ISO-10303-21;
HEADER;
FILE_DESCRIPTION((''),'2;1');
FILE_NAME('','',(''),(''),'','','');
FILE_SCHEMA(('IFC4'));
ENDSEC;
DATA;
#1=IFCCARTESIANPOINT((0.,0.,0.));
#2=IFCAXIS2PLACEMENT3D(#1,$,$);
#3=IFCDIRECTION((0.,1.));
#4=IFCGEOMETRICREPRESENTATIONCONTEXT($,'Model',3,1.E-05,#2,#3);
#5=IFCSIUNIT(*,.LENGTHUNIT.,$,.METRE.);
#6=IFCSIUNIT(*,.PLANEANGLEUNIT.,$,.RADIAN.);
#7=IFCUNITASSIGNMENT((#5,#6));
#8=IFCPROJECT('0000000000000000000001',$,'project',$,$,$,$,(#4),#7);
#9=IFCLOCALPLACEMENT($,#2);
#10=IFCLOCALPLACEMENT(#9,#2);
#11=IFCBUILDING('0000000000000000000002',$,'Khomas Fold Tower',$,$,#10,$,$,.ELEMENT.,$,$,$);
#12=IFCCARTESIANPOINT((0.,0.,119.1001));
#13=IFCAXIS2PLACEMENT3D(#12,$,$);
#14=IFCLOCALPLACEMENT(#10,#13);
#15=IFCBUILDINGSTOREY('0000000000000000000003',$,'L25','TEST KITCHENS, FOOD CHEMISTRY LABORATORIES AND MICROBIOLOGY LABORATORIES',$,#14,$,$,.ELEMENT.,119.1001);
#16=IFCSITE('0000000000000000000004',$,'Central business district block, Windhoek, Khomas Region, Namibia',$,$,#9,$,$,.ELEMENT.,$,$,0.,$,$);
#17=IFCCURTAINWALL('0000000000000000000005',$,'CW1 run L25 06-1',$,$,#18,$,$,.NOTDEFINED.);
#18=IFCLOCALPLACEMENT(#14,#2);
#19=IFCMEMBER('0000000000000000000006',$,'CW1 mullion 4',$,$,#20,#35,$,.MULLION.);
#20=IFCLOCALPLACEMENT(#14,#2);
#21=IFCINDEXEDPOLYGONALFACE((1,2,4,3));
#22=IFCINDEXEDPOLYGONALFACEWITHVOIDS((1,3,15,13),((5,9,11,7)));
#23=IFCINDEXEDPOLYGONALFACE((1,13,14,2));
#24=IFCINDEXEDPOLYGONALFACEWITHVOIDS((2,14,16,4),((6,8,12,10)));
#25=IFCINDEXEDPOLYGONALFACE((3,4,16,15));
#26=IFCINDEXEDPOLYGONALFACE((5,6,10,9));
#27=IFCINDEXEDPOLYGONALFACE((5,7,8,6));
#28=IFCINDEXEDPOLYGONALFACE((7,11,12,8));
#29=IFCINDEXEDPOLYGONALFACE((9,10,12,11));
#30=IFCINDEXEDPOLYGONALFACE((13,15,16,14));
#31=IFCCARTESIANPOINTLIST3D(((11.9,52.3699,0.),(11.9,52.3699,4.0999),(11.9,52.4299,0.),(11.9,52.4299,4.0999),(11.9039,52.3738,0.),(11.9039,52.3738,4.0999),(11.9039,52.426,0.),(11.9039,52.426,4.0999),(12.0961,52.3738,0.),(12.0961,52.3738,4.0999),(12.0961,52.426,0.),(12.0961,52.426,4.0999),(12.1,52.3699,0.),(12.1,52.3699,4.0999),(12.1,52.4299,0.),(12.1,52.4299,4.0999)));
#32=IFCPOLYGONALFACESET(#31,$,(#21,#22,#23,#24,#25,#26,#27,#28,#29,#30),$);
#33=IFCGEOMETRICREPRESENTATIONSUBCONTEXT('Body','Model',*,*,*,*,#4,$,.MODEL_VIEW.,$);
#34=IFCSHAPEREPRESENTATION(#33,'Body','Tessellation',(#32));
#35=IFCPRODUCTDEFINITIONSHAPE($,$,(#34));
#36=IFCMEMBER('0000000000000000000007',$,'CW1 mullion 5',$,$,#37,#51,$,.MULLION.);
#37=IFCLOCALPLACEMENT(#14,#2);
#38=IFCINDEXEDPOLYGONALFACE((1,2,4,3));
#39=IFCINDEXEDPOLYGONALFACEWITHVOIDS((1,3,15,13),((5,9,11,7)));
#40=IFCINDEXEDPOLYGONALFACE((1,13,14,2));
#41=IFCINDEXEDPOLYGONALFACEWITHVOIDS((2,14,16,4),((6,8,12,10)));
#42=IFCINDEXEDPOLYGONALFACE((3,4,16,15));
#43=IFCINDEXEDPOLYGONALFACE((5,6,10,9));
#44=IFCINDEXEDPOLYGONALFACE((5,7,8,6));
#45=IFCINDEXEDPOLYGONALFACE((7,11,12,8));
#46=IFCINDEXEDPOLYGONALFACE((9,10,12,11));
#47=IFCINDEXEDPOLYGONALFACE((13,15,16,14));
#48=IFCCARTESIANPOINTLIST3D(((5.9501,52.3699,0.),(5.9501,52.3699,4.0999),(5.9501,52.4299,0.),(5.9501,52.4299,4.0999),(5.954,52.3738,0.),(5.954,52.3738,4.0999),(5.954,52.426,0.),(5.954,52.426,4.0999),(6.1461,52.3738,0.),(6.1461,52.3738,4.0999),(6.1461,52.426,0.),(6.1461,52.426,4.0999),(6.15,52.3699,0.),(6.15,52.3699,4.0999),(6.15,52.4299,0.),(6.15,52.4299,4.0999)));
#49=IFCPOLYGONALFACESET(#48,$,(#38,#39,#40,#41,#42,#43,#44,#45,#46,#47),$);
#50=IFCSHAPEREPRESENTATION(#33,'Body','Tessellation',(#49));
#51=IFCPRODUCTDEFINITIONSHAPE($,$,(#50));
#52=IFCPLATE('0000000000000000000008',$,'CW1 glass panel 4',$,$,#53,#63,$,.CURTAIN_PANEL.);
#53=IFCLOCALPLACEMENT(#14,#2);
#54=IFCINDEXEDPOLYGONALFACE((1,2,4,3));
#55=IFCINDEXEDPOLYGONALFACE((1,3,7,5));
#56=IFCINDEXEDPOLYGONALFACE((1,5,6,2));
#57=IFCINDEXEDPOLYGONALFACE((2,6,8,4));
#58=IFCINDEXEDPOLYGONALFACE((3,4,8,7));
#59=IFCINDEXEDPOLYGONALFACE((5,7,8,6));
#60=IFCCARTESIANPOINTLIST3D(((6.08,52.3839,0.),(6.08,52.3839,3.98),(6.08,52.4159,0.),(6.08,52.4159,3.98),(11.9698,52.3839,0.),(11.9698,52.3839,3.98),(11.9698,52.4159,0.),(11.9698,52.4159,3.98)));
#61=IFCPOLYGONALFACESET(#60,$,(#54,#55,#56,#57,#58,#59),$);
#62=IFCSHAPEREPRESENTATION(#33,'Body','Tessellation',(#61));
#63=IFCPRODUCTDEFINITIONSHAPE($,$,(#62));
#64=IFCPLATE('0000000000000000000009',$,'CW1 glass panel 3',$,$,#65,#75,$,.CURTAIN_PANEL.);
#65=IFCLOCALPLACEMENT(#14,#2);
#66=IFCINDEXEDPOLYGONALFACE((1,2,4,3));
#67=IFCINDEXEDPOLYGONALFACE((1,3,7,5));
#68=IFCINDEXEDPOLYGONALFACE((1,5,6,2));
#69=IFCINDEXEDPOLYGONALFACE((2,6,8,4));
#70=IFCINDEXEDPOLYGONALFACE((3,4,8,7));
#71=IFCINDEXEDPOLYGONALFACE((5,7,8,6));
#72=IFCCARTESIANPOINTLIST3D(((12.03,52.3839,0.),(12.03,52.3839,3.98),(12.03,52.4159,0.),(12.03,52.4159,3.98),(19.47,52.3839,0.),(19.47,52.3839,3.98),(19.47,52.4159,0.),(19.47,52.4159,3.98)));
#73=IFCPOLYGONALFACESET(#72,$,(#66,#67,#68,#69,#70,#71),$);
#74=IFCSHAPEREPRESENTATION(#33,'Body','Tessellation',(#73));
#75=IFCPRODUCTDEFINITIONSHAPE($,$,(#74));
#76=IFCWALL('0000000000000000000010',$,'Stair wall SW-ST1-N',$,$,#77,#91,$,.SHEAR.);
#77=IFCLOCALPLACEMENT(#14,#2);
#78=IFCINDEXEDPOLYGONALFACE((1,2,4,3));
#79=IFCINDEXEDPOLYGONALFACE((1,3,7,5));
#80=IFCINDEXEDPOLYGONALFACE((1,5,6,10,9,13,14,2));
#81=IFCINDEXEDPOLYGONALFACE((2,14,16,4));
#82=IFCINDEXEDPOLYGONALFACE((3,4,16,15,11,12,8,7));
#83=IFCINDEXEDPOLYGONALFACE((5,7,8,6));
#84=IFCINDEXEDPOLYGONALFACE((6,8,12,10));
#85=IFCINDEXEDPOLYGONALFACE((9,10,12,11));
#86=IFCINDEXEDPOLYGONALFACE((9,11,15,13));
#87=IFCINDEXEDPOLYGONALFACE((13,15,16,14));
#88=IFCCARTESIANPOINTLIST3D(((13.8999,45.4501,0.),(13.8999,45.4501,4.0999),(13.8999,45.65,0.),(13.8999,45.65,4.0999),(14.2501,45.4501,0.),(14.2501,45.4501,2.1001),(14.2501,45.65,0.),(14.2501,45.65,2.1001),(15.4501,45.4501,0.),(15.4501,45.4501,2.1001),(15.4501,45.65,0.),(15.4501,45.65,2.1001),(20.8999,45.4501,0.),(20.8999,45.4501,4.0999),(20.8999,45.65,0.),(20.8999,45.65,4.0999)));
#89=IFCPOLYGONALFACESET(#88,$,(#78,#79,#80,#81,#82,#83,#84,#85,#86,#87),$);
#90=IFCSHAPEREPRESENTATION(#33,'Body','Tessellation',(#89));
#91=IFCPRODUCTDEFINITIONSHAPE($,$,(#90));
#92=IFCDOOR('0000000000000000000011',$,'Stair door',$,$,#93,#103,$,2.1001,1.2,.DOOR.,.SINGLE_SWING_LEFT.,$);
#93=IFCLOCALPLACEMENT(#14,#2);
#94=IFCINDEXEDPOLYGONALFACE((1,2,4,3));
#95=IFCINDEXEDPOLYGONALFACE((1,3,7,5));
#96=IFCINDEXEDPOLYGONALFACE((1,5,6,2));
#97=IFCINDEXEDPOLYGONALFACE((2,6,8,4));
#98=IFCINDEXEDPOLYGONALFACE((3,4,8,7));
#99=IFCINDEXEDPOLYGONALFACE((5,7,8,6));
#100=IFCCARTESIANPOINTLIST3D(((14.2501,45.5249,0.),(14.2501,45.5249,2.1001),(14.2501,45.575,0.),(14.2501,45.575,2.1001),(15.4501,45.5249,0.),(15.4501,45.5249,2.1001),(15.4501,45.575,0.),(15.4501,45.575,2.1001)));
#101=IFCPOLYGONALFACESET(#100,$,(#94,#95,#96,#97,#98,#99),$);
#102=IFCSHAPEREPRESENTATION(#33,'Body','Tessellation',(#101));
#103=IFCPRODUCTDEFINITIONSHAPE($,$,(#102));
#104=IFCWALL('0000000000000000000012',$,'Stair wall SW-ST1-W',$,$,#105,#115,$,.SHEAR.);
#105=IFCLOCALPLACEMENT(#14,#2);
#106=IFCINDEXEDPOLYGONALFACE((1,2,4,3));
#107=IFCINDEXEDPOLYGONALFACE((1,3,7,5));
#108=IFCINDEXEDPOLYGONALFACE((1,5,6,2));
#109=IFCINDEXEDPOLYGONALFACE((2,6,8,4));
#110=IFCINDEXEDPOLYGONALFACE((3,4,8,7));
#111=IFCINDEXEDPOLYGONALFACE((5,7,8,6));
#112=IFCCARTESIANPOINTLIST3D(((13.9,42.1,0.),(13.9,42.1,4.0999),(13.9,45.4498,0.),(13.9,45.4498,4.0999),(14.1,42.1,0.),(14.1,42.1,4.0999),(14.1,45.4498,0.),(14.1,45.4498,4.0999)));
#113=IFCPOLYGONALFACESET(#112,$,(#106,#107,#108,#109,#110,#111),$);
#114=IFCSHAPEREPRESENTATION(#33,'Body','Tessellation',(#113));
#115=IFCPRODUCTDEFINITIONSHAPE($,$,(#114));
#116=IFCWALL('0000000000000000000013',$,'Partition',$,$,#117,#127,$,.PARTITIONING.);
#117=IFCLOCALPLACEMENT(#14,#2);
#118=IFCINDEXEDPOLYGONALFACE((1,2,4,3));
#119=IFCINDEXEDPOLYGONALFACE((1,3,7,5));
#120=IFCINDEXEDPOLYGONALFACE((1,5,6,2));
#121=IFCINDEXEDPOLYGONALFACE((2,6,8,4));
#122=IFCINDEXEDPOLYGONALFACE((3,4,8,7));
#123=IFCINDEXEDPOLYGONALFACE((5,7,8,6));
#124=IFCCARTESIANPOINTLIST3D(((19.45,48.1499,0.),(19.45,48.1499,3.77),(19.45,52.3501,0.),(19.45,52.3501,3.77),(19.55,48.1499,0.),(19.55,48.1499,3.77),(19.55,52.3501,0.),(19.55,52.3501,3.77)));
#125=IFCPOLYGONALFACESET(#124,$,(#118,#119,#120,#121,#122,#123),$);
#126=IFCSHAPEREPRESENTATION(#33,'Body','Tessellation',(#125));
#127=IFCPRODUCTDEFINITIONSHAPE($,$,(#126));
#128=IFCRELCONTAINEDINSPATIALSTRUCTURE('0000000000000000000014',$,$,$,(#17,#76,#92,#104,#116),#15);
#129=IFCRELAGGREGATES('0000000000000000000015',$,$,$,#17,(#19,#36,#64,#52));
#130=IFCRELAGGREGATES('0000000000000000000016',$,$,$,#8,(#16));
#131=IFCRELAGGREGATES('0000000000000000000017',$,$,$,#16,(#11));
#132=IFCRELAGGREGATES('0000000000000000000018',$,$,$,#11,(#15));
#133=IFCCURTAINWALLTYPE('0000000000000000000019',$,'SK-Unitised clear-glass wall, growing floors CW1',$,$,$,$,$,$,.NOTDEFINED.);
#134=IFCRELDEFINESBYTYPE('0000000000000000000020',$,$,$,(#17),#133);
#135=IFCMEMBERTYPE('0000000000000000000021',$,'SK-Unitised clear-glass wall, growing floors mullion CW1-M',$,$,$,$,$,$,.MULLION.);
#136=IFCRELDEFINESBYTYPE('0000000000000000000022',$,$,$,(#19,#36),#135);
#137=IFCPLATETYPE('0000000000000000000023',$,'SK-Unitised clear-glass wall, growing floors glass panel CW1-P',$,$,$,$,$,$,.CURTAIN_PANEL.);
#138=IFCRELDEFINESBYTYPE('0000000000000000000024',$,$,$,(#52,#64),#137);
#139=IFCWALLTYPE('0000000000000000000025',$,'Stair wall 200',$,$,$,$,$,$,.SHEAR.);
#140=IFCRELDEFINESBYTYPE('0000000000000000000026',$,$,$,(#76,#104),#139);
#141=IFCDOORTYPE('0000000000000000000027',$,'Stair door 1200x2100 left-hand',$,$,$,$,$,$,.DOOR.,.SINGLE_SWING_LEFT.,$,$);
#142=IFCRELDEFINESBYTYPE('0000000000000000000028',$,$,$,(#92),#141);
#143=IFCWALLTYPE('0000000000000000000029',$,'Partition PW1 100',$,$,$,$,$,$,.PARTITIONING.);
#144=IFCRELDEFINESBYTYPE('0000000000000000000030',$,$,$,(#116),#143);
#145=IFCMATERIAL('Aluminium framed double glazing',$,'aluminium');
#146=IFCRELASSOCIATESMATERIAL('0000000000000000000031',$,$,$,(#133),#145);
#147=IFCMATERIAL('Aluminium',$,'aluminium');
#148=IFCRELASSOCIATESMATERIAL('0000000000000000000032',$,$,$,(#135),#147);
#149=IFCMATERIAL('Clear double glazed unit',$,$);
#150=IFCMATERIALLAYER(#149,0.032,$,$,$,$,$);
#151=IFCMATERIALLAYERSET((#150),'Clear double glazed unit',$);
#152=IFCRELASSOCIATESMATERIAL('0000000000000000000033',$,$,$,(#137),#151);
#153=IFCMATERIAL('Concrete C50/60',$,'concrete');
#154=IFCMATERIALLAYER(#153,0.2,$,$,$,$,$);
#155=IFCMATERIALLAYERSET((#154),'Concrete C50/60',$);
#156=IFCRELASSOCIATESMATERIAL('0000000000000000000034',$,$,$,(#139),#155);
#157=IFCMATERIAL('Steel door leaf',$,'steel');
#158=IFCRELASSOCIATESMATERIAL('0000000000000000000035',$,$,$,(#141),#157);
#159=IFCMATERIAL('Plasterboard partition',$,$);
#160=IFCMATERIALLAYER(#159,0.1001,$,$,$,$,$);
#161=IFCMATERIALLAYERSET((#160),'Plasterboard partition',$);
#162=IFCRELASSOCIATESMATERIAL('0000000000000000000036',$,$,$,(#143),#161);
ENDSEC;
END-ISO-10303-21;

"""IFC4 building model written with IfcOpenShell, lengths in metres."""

from ifc_helpers import new_model, si_unit, direction, frame, frame_2d, origin, origin_2d, place, context, subcontext, project, spatial, rectangle, hollow_rectangle, extrude, source, transform, mapped, material, layer, layer_set, material_profile, profile_set, type_object, element, fill, aggregate, save


model = new_model("IFC4")

# Units and contexts
model_context = context("Model", 3, precision=1e-05, world=origin(), true_north=direction((0.0, 1.0)))
body_context = subcontext(model_context, "Body", "Model", "MODEL_VIEW")
ifc_project = project(units=[si_unit("LENGTHUNIT", "METRE"), si_unit("PLANEANGLEUNIT", "RADIAN")], contexts=[model_context])

# Site, building, storey
site_placement = place(None, origin())
site = spatial("IfcSite", under=ifc_project, at=site_placement, Name="Central business district block, Windhoek, Khomas Region, Namibia", CompositionType="ELEMENT", RefElevation=0.0)
building_placement = place(site_placement, origin())
building = spatial("IfcBuilding", under=site, at=building_placement, Name="Khomas Fold Tower", CompositionType="ELEMENT")
storey_placement = place(building_placement, frame((0.0, 0.0, 119.1001)))
storey = spatial("IfcBuildingStorey", under=building, at=storey_placement, Name="L25", Description="TEST KITCHENS, FOOD CHEMISTRY LABORATORIES AND MICROBIOLOGY LABORATORIES", CompositionType="ELEMENT", Elevation=119.1001)

# Curtain wall, members, plates
ifc_material_1 = material(Name="Aluminium framed double glazing", Category="aluminium")
curtain_wall_type = type_object("IfcCurtainWallType", Name="SK-Unitised clear-glass wall, growing floors CW1", PredefinedType="NOTDEFINED", material=ifc_material_1)
curtain_wall_placement = place(storey_placement, origin())
curtain_wall = element("IfcCurtainWall", 1, at=curtain_wall_placement, inside=storey, type_object=curtain_wall_type, Name="CW1 run L25 06-1", PredefinedType="NOTDEFINED")
ifc_material_2 = material(Name="Aluminium", Category="aluminium")
ifc_material_profile_1 = material_profile(ifc_material_2, hollow_rectangle(XDim=0.0601, YDim=0.2, WallThickness=0.0039, at=origin_2d()), Name="SK-Unitised clear-glass wall, growing floors mullion CW1-M")
ifc_profile_set_1 = profile_set([ifc_material_profile_1], Name="Aluminium")
member_type_1 = type_object("IfcMemberType", Name="SK-Unitised clear-glass wall, growing floors mullion CW1-M", PredefinedType="MULLION", material=ifc_profile_set_1)
shared_shape_1 = source(origin(), body_context, "Body", "SweptSolid", [
    extrude(hollow_rectangle(XDim=0.0601, YDim=0.2, WallThickness=0.0039, at=origin_2d()), origin(), (0.0, 0.0, 1.0), 4.0999),
])
member_1_placement = place(storey_placement, frame((12.0, 52.3999, 0.0), z_axis=(0.0, 0.0, 1.0), x_axis=(0.0, -1.0, 0.0)))
member_1 = element("IfcMember", 2, at=member_1_placement, type_object=member_type_1, Name="CW1 mullion 4", PredefinedType="MULLION", context=body_context, shape_type="MappedRepresentation", body=[
    mapped(shared_shape_1, transform((0.0, 0.0, 0.0))),
])
member_2_placement = place(storey_placement, frame((6.05, 52.3999, 0.0), z_axis=(0.0, 0.0, 1.0), x_axis=(0.0, -1.0, 0.0)))
member_2 = element("IfcMember", 3, at=member_2_placement, type_object=member_type_1, Name="CW1 mullion 5", PredefinedType="MULLION", context=body_context, shape_type="MappedRepresentation", body=[
    mapped(shared_shape_1, transform((0.0, 0.0, 0.0))),
])
ifc_material_3 = material(Name="Clear double glazed unit")
ifc_layer_1 = layer(ifc_material_3, 0.032)
ifc_layer_set_1 = layer_set([ifc_layer_1], Name="Clear double glazed unit")
plate_type = type_object("IfcPlateType", Name="SK-Unitised clear-glass wall, growing floors glass panel CW1-P", PredefinedType="CURTAIN_PANEL", material=ifc_layer_set_1)
shared_shape_2 = source(origin(), body_context, "Body", "SweptSolid", [
    extrude(rectangle(XDim=5.8899, YDim=0.032, at=origin_2d()), origin(), (0.0, 0.0, 1.0), 3.98),
])
plate_1_placement = place(storey_placement, frame((9.0249, 52.3999, 0.0), z_axis=(0.0, 0.0, 1.0), x_axis=(-1.0, 0.0, 0.0)))
plate_1 = element("IfcPlate", 4, at=plate_1_placement, type_object=plate_type, Name="CW1 glass panel 4", PredefinedType="CURTAIN_PANEL", context=body_context, shape_type="MappedRepresentation", body=[
    mapped(shared_shape_2, transform((0.0, 0.0, 0.0))),
])
shared_shape_3 = source(origin(), body_context, "Body", "SweptSolid", [
    extrude(rectangle(XDim=7.4399, YDim=0.032, at=origin_2d()), origin(), (0.0, 0.0, 1.0), 3.98),
])
plate_2_placement = place(storey_placement, frame((15.75, 52.3999, 0.0), z_axis=(0.0, 0.0, 1.0), x_axis=(-1.0, 0.0, 0.0)))
plate_2 = element("IfcPlate", 5, at=plate_2_placement, type_object=plate_type, Name="CW1 glass panel 3", PredefinedType="CURTAIN_PANEL", context=body_context, shape_type="MappedRepresentation", body=[
    mapped(shared_shape_3, transform((0.0, 0.0, 0.0))),
])
aggregate(curtain_wall, [member_1, member_2, plate_2, plate_1])

# Wall, opening, door
ifc_material_4 = material(Name="Concrete C50/60", Category="concrete")
ifc_layer_2 = layer(ifc_material_4, 0.2)
ifc_layer_set_2 = layer_set([ifc_layer_2], Name="Concrete C50/60")
wall_type_1 = type_object("IfcWallType", Name="Stair wall 200", PredefinedType="SHEAR", material=ifc_layer_set_2)
shared_shape_4 = source(origin(), body_context, "Body", "SweptSolid", [
    extrude(rectangle(XDim=7.0, YDim=0.2, at=frame_2d((3.5, 0.0))), origin(), (0.0, 0.0, 1.0), 4.0999),
])
wall_1_placement = place(storey_placement, frame((13.8999, 45.55, 0.0), z_axis=(0.0, 0.0, 1.0), x_axis=(1.0, 0.0, 0.0)))
wall_1 = element("IfcWall", 6, at=wall_1_placement, inside=storey, type_object=wall_type_1, Name="Stair wall SW-ST1-N", PredefinedType="SHEAR", context=body_context, shape_type="MappedRepresentation", body=[
    mapped(shared_shape_4, transform((0.0, 0.0, 0.0))),
])
shared_shape_5 = source(origin(), body_context, "Body", "SweptSolid", [
    extrude(rectangle(XDim=1.2, YDim=2.1001, at=frame_2d((0.6001, 1.05))), frame((0.0, 0.1099, 0.0), z_axis=(0.0, -1.0, 0.0), x_axis=(1.0, 0.0, 0.0)), (0.0, 0.0, 1.0), 0.22),
])
opening_placement = place(wall_1_placement, frame((0.3501, 0.0, 0.0)))
opening = element("IfcOpeningElement", 7, at=opening_placement, cuts=wall_1, PredefinedType="OPENING", context=body_context, shape_type="MappedRepresentation", body=[
    mapped(shared_shape_5, transform((0.0, 0.0, 0.0))),
])
ifc_material_5 = material(Name="Steel door leaf", Category="steel")
door_type = type_object("IfcDoorType", Name="Stair door 1200x2100 left-hand", OperationType="SINGLE_SWING_LEFT", PredefinedType="DOOR", material=ifc_material_5)
shared_shape_6 = source(origin(), body_context, "Body", "SweptSolid", [
    extrude(rectangle(XDim=1.2, YDim=2.1001, at=frame_2d((0.6001, 1.05))), frame((0.0, 0.0249, 0.0), z_axis=(0.0, -1.0, 0.0), x_axis=(1.0, 0.0, 0.0)), (0.0, 0.0, 1.0), 0.05),
])
door_placement = place(opening_placement, origin())
door = element("IfcDoor", 8, at=door_placement, inside=storey, type_object=door_type, Name="Stair door", OperationType="SINGLE_SWING_LEFT", OverallHeight=2.1001, OverallWidth=1.2, PredefinedType="DOOR", context=body_context, shape_type="MappedRepresentation", body=[
    mapped(shared_shape_6, transform((0.0, 0.0, 0.0))),
])
fill(opening, door)

# Walls
shared_shape_7 = source(origin(), body_context, "Body", "SweptSolid", [
    extrude(rectangle(XDim=3.3499, YDim=0.2, at=frame_2d((1.6748, 0.0))), origin(), (0.0, 0.0, 1.0), 4.0999),
])
wall_2_placement = place(storey_placement, frame((14.0, 42.1001, 0.0), z_axis=(0.0, 0.0, 1.0), x_axis=(0.0, 1.0, 0.0)))
element("IfcWall", 9, at=wall_2_placement, inside=storey, type_object=wall_type_1, Name="Stair wall SW-ST1-W", PredefinedType="SHEAR", context=body_context, shape_type="MappedRepresentation", body=[
    mapped(shared_shape_7, transform((0.0, 0.0, 0.0))),
])
ifc_material_6 = material(Name="Plasterboard partition")
ifc_layer_3 = layer(ifc_material_6, 0.1001)
ifc_layer_set_3 = layer_set([ifc_layer_3], Name="Plasterboard partition")
wall_type_2 = type_object("IfcWallType", Name="Partition PW1 100", PredefinedType="PARTITIONING", material=ifc_layer_set_3)
shared_shape_8 = source(origin(), body_context, "Body", "SweptSolid", [
    extrude(rectangle(XDim=4.2002, YDim=0.1001, at=frame_2d((2.1001, 0.0))), origin(), (0.0, 0.0, 1.0), 3.77),
])
wall_3_placement = place(storey_placement, frame((19.5, 48.1499, 0.0), z_axis=(0.0, 0.0, 1.0), x_axis=(0.0, 1.0, 0.0)))
element("IfcWall", 10, at=wall_3_placement, inside=storey, type_object=wall_type_2, Name="Partition", PredefinedType="PARTITIONING", context=body_context, shape_type="MappedRepresentation", body=[
    mapped(shared_shape_8, transform((0.0, 0.0, 0.0))),
])

save(model, "model.ifc")
